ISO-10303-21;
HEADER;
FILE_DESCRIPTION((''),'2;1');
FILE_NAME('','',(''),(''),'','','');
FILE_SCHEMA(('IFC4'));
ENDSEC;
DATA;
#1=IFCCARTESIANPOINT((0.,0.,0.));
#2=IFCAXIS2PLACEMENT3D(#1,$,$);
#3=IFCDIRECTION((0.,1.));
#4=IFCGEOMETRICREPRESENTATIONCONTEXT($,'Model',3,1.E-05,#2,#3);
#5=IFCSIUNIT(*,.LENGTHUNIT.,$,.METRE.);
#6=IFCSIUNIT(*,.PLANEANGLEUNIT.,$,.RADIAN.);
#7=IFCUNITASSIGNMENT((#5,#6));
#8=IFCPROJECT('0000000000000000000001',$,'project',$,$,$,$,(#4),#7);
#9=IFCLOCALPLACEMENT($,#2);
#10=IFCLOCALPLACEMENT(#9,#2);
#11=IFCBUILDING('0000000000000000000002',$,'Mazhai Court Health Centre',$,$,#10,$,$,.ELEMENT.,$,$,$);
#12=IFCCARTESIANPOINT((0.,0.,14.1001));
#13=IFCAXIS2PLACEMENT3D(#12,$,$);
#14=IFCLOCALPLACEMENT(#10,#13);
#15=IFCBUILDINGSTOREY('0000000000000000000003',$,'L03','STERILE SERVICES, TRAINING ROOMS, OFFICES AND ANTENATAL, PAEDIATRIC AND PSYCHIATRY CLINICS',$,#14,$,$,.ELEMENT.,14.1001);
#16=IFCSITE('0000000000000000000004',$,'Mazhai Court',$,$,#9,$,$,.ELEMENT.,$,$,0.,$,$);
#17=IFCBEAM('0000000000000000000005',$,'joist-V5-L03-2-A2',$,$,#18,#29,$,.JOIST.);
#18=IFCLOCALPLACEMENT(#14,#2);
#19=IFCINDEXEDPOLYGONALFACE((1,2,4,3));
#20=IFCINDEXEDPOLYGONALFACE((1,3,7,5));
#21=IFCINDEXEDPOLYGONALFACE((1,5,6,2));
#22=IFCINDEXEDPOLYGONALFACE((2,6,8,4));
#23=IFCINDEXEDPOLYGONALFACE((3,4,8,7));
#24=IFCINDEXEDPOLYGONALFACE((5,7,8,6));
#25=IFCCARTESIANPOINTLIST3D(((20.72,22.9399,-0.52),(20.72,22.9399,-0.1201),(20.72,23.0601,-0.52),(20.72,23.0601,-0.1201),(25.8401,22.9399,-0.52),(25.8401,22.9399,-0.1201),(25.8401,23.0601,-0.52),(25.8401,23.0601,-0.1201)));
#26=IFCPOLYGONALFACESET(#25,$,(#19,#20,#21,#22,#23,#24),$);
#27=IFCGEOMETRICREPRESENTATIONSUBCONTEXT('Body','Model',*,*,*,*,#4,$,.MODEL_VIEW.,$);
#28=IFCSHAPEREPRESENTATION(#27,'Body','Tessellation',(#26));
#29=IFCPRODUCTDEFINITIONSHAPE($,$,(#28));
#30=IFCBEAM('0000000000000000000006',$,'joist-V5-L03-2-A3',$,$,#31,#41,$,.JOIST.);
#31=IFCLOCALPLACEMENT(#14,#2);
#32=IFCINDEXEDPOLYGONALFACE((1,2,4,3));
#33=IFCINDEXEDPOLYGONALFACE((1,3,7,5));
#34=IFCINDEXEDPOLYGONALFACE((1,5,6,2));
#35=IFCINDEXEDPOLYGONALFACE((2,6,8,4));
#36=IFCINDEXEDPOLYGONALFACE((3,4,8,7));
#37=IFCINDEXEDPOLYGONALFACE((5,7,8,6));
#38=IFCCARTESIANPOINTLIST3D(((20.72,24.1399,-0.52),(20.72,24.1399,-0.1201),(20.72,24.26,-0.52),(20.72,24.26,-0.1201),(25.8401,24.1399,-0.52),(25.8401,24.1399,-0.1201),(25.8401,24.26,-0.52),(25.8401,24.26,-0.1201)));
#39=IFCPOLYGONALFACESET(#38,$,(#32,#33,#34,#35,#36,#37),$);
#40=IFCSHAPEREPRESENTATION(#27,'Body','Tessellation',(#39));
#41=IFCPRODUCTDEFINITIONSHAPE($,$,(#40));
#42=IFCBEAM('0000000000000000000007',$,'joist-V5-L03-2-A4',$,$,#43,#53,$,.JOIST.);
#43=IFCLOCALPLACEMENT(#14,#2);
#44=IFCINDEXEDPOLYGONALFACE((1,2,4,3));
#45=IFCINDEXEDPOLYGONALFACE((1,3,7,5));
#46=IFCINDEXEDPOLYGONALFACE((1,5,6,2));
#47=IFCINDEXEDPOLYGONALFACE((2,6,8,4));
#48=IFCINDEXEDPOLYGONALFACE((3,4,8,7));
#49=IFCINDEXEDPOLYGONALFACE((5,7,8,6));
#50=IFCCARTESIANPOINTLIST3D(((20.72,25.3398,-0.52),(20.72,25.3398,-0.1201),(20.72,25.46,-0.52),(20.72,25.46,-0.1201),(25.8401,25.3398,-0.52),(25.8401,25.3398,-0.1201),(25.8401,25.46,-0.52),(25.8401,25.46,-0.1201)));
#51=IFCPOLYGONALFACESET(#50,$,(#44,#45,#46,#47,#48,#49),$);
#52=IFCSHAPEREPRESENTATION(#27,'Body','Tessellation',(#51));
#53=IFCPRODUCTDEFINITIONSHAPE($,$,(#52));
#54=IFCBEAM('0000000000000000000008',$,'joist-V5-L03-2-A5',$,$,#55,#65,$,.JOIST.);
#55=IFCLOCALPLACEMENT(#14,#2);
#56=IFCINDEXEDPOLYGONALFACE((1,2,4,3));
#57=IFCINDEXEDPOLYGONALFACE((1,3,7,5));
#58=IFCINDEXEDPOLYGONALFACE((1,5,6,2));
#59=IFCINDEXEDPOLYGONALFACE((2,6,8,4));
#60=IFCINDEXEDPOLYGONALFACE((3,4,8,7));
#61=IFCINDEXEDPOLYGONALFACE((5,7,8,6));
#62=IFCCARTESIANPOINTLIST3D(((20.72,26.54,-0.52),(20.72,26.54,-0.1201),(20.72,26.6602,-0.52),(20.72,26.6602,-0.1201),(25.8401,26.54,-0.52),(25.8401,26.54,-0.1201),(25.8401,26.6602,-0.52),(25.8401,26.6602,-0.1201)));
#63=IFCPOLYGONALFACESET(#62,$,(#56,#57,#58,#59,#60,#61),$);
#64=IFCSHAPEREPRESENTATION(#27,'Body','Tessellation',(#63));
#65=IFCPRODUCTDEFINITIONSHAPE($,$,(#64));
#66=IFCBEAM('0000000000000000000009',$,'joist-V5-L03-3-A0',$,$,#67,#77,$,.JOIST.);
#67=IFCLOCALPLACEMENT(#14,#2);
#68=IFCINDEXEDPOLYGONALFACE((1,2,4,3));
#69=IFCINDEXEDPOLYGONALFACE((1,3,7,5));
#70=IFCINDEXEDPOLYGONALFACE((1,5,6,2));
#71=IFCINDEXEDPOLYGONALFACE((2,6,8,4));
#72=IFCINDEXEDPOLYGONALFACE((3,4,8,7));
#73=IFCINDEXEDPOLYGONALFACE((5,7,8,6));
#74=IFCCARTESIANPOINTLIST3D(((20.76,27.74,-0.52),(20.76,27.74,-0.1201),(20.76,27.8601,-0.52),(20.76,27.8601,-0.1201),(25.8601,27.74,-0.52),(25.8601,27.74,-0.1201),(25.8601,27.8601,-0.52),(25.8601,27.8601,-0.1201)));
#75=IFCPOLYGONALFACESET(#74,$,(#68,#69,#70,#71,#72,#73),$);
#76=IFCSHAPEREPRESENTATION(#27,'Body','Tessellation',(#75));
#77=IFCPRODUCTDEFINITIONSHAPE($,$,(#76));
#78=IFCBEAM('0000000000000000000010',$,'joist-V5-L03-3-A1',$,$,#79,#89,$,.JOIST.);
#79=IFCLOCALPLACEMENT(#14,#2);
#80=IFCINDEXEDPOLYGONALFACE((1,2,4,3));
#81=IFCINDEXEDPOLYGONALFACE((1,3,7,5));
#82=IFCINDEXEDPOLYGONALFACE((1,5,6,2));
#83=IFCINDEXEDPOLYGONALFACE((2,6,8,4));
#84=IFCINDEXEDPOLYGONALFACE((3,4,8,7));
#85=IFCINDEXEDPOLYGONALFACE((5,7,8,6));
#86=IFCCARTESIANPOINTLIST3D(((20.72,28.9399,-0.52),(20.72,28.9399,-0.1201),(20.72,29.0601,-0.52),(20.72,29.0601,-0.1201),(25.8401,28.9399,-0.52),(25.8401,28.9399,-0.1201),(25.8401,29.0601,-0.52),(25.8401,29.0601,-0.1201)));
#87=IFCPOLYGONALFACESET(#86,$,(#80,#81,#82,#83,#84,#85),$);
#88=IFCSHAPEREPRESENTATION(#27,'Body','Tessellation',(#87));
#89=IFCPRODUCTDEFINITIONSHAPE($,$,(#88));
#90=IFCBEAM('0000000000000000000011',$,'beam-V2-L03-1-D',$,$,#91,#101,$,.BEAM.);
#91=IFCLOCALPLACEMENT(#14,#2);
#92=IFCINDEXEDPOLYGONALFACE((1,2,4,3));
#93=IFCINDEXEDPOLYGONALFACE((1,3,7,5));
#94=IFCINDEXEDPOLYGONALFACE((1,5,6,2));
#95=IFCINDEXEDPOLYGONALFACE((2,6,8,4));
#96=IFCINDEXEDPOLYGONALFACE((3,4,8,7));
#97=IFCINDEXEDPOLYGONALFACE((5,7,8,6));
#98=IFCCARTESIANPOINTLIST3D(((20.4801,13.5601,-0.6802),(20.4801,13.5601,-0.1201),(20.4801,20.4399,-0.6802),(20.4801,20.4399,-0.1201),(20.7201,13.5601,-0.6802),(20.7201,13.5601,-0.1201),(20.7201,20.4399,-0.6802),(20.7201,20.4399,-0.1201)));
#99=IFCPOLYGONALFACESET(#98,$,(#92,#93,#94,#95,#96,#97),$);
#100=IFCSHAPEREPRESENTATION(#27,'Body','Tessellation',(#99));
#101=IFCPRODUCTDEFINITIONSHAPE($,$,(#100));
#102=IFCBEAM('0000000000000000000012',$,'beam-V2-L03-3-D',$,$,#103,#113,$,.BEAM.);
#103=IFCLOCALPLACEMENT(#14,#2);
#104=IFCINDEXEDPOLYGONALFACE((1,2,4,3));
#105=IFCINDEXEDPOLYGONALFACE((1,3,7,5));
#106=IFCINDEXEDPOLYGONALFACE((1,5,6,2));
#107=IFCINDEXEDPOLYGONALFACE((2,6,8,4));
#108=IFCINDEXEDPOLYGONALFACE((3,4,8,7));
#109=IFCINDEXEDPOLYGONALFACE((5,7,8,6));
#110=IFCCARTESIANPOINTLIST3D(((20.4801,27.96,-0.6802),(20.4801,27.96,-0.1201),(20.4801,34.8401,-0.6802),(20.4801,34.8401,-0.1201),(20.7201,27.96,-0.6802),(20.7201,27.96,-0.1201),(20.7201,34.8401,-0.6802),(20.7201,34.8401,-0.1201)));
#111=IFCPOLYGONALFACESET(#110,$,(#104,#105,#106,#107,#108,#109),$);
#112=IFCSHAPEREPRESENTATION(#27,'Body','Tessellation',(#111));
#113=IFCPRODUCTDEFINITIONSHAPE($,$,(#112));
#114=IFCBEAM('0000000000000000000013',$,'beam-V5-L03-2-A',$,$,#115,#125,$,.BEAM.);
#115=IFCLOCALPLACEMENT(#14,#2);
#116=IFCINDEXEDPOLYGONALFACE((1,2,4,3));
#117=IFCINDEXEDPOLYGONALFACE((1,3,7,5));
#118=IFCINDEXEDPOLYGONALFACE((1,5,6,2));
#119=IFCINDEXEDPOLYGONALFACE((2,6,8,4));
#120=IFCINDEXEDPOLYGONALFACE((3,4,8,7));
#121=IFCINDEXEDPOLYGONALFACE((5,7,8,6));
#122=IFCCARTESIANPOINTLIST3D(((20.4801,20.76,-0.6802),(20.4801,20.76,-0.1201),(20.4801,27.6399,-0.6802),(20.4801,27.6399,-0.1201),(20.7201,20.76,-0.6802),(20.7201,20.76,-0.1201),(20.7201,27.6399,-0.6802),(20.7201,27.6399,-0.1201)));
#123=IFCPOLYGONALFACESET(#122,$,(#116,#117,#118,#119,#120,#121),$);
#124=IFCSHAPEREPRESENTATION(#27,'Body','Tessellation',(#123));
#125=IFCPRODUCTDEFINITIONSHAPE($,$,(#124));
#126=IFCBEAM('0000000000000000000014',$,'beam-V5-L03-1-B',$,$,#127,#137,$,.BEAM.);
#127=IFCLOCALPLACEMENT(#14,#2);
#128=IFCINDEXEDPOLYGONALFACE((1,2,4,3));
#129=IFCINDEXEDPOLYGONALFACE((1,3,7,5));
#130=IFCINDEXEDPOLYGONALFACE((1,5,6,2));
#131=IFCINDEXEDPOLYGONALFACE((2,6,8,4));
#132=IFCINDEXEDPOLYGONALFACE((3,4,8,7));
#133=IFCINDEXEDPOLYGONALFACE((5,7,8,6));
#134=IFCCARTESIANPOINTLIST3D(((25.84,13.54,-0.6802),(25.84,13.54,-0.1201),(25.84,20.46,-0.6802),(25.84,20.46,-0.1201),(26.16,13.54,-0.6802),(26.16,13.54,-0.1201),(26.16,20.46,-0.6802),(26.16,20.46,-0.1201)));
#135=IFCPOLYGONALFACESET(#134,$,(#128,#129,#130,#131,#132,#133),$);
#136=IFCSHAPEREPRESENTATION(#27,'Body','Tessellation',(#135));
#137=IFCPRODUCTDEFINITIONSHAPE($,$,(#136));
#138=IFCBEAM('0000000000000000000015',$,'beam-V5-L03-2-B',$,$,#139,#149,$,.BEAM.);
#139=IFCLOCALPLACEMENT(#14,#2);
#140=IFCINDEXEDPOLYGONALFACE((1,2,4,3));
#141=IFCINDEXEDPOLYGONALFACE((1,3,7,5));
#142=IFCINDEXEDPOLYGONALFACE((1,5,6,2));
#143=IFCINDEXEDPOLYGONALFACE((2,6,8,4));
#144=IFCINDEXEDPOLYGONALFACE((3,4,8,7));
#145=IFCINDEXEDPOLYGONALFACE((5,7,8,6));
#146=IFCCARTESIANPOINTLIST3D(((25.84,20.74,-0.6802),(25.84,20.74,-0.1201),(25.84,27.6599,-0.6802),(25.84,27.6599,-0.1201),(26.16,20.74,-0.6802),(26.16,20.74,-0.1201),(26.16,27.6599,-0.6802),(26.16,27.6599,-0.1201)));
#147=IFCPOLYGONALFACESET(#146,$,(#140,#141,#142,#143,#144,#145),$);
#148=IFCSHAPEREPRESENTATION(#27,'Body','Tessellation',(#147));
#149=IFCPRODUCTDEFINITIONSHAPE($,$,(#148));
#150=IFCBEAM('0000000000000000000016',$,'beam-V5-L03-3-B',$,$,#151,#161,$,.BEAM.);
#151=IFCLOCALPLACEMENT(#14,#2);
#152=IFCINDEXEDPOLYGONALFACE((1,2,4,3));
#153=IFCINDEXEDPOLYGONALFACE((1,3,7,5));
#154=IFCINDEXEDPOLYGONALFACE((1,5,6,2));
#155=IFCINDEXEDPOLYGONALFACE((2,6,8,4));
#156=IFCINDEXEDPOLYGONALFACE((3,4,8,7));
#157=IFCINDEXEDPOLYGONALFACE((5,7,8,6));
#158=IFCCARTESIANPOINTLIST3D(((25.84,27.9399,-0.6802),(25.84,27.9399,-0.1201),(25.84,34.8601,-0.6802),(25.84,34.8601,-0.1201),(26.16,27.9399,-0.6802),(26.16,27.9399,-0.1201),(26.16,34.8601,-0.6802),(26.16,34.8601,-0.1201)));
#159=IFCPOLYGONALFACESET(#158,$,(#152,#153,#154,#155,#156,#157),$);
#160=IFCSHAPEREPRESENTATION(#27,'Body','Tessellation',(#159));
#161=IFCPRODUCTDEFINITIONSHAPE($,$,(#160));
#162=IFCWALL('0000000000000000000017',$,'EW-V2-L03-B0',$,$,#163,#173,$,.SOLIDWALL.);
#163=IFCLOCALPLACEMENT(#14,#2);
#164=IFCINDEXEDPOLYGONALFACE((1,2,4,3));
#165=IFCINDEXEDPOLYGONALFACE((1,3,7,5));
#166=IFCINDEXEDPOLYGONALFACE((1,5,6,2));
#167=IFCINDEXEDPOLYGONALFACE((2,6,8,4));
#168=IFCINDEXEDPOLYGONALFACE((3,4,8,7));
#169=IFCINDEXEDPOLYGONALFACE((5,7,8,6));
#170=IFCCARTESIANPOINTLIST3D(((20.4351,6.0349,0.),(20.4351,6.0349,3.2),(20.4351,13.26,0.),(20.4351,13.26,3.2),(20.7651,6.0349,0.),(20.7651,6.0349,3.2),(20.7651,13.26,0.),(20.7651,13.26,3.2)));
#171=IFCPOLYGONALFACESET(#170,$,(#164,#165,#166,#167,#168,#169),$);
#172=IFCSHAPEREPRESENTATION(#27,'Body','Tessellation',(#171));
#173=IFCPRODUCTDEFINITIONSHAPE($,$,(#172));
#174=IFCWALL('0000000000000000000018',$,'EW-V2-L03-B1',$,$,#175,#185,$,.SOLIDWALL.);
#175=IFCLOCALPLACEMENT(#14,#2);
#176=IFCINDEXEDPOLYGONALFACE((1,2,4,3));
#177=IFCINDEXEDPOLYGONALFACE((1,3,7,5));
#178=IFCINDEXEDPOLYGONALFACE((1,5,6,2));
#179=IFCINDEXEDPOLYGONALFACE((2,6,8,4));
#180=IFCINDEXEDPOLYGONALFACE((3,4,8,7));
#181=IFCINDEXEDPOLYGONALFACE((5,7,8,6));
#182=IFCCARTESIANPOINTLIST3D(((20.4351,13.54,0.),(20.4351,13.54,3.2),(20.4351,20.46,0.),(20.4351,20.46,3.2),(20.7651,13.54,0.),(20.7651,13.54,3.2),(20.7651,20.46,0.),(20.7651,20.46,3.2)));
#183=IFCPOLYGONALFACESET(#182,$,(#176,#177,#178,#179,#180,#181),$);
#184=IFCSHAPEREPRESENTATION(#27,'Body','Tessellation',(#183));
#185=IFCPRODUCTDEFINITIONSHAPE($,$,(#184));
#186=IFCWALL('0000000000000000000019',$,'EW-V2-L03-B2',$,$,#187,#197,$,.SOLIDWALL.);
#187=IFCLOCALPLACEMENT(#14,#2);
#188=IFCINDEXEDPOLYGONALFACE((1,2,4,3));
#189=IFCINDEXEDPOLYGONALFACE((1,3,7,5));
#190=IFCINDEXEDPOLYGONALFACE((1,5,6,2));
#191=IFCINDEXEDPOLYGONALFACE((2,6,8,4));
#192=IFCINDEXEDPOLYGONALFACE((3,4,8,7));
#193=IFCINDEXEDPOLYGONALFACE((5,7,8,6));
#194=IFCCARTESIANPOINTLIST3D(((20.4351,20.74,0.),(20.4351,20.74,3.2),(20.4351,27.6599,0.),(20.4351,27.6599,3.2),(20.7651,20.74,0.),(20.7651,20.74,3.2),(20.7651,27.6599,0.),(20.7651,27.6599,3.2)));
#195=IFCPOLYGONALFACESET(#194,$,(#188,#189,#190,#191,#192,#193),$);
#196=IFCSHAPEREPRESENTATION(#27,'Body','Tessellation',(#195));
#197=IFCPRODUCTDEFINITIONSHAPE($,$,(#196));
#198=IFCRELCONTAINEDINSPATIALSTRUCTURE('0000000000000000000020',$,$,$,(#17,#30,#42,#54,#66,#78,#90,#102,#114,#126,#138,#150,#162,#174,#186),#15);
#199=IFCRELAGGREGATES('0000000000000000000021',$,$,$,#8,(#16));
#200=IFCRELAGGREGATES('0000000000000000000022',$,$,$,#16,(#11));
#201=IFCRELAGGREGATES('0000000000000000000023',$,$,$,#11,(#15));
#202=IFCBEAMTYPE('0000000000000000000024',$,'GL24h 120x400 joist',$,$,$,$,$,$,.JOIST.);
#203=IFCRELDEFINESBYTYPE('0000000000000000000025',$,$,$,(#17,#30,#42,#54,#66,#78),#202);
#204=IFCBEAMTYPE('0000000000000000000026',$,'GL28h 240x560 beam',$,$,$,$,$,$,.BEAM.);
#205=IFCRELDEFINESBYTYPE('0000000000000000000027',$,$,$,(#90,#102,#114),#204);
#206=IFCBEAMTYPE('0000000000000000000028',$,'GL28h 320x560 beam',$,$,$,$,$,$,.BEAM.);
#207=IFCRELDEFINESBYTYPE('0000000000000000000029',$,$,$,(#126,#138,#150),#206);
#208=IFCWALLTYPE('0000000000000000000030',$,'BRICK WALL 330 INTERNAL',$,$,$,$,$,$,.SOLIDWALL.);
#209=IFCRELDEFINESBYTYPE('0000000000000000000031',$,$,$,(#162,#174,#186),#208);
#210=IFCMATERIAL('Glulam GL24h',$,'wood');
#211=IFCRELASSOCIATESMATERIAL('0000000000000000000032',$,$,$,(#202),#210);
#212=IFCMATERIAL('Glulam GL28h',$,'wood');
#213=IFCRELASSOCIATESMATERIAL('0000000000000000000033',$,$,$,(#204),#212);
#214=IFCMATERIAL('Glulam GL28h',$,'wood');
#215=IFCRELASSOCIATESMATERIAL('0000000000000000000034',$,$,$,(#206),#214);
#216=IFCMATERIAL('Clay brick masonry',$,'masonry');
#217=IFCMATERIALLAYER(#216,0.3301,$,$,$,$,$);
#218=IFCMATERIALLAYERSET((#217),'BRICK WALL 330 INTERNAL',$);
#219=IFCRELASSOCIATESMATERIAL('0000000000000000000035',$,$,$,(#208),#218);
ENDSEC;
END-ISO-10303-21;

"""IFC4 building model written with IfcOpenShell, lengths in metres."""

from ifc_helpers import new_model, si_unit, direction, frame, frame_2d, origin, origin_2d, place, context, subcontext, project, spatial, rectangle, extrude, material, layer, layer_set, material_profile, profile_set, type_object, element, save


model = new_model("IFC4")

# Units and contexts
model_context = context("Model", 3, precision=1e-05, world=origin(), true_north=direction((0.0, 1.0)))
body_context = subcontext(model_context, "Body", "Model", "MODEL_VIEW")
ifc_project = project(units=[si_unit("LENGTHUNIT", "METRE"), si_unit("PLANEANGLEUNIT", "RADIAN")], contexts=[model_context])

# Site, building, storey
site_placement = place(None, origin())
site = spatial("IfcSite", under=ifc_project, at=site_placement, Name="Mazhai Court", CompositionType="ELEMENT", RefElevation=0.0)
building_placement = place(site_placement, origin())
building = spatial("IfcBuilding", under=site, at=building_placement, Name="Mazhai Court Health Centre", CompositionType="ELEMENT")
storey_placement = place(building_placement, frame((0.0, 0.0, 14.1001)))
storey = spatial("IfcBuildingStorey", under=building, at=storey_placement, Name="L03", Description="STERILE SERVICES, TRAINING ROOMS, OFFICES AND ANTENATAL, PAEDIATRIC AND PSYCHIATRY CLINICS", CompositionType="ELEMENT", Elevation=14.1001)

# Beams
ifc_material_1 = material(Name="Glulam GL24h", Category="wood")
ifc_material_profile_1 = material_profile(ifc_material_1, rectangle(XDim=0.1201, YDim=0.3999, at=origin_2d()), Name="GL24h 120x400")
ifc_profile_set_1 = profile_set([ifc_material_profile_1], Name="Glulam GL24h")
beam_type_1 = type_object("IfcBeamType", Name="GL24h 120x400 joist", PredefinedType="JOIST", material=ifc_profile_set_1)
for number, where, z_axis, x_axis, name in (
    (1, (20.72, 23.0, -0.3201), (1.0, 0.0, 0.0), (0.0, 1.0, 0.0), "joist-V5-L03-2-A2"),
    (2, (20.72, 24.2, -0.3201), (1.0, 0.0, 0.0), (0.0, 1.0, 0.0), "joist-V5-L03-2-A3"),
    (3, (20.72, 25.3999, -0.3201), (1.0, 0.0, 0.0), (0.0, 1.0, 0.0), "joist-V5-L03-2-A4"),
    (4, (20.72, 26.6001, -0.3201), (1.0, 0.0, 0.0), (0.0, 1.0, 0.0), "joist-V5-L03-2-A5"),
):
    element("IfcBeam", number, at=place(storey_placement, frame(where, z_axis=z_axis, x_axis=x_axis)), inside=storey, type_object=beam_type_1, Name=name, PredefinedType="JOIST", context=body_context, shape_type="SweptSolid", body=[
        extrude(rectangle(XDim=0.1201, YDim=0.3999, at=origin_2d()), origin(), (0.0, 0.0, 1.0), 5.1201),
    ])
beam_1_placement = place(storey_placement, frame((20.76, 27.8, -0.3201), z_axis=(1.0, 0.0, 0.0), x_axis=(0.0, 1.0, 0.0)))
element("IfcBeam", 5, at=beam_1_placement, inside=storey, type_object=beam_type_1, Name="joist-V5-L03-3-A0", PredefinedType="JOIST", context=body_context, shape_type="SweptSolid", body=[
    extrude(rectangle(XDim=0.1201, YDim=0.3999, at=origin_2d()), origin(), (0.0, 0.0, 1.0), 5.1001),
])
beam_2_placement = place(storey_placement, frame((20.72, 29.0, -0.3201), z_axis=(1.0, 0.0, 0.0), x_axis=(0.0, 1.0, 0.0)))
element("IfcBeam", 6, at=beam_2_placement, inside=storey, type_object=beam_type_1, Name="joist-V5-L03-3-A1", PredefinedType="JOIST", context=body_context, shape_type="SweptSolid", body=[
    extrude(rectangle(XDim=0.1201, YDim=0.3999, at=origin_2d()), origin(), (0.0, 0.0, 1.0), 5.1201),
])
ifc_material_2 = material(Name="Glulam GL28h", Category="wood")
ifc_material_profile_2 = material_profile(ifc_material_2, rectangle(XDim=0.24, YDim=0.5601, at=origin_2d()), Name="GL28h 240x560")
ifc_profile_set_2 = profile_set([ifc_material_profile_2], Name="Glulam GL28h")
beam_type_2 = type_object("IfcBeamType", Name="GL28h 240x560 beam", PredefinedType="BEAM", material=ifc_profile_set_2)
beam_3_placement = place(storey_placement, frame((20.6001, 13.5601, -0.4001), z_axis=(0.0, 1.0, 0.0), x_axis=(-1.0, 0.0, 0.0)))
element("IfcBeam", 7, at=beam_3_placement, inside=storey, type_object=beam_type_2, Name="beam-V2-L03-1-D", PredefinedType="BEAM", context=body_context, shape_type="SweptSolid", body=[
    extrude(rectangle(XDim=0.24, YDim=0.5601, at=origin_2d()), origin(), (0.0, 0.0, 1.0), 6.8799),
])
beam_4_placement = place(storey_placement, frame((20.6001, 27.96, -0.4001), z_axis=(0.0, 1.0, 0.0), x_axis=(-1.0, 0.0, 0.0)))
element("IfcBeam", 8, at=beam_4_placement, inside=storey, type_object=beam_type_2, Name="beam-V2-L03-3-D", PredefinedType="BEAM", context=body_context, shape_type="SweptSolid", body=[
    extrude(rectangle(XDim=0.24, YDim=0.5601, at=origin_2d()), origin(), (0.0, 0.0, 1.0), 6.8801),
])
beam_5_placement = place(storey_placement, frame((20.6001, 20.76, -0.4001), z_axis=(0.0, 1.0, 0.0), x_axis=(-1.0, 0.0, 0.0)))
element("IfcBeam", 9, at=beam_5_placement, inside=storey, type_object=beam_type_2, Name="beam-V5-L03-2-A", PredefinedType="BEAM", context=body_context, shape_type="SweptSolid", body=[
    extrude(rectangle(XDim=0.24, YDim=0.5601, at=origin_2d()), origin(), (0.0, 0.0, 1.0), 6.8799),
])
ifc_material_3 = material(Name="Glulam GL28h", Category="wood")
ifc_material_profile_3 = material_profile(ifc_material_3, rectangle(XDim=0.3201, YDim=0.5601, at=origin_2d()), Name="GL28h 320x560")
ifc_profile_set_3 = profile_set([ifc_material_profile_3], Name="Glulam GL28h")
beam_type_3 = type_object("IfcBeamType", Name="GL28h 320x560 beam", PredefinedType="BEAM", material=ifc_profile_set_3)
for number, where, z_axis, x_axis, name in (
    (10, (26.0, 13.54, -0.4001), (0.0, 1.0, 0.0), (-1.0, 0.0, 0.0), "beam-V5-L03-1-B"),
    (11, (26.0, 20.74, -0.4001), (0.0, 1.0, 0.0), (-1.0, 0.0, 0.0), "beam-V5-L03-2-B"),
):
    element("IfcBeam", number, at=place(storey_placement, frame(where, z_axis=z_axis, x_axis=x_axis)), inside=storey, type_object=beam_type_3, Name=name, PredefinedType="BEAM", context=body_context, shape_type="SweptSolid", body=[
        extrude(rectangle(XDim=0.3201, YDim=0.5601, at=origin_2d()), origin(), (0.0, 0.0, 1.0), 6.9199),
    ])
beam_6_placement = place(storey_placement, frame((26.0, 27.9399, -0.4001), z_axis=(0.0, 1.0, 0.0), x_axis=(-1.0, 0.0, 0.0)))
element("IfcBeam", 12, at=beam_6_placement, inside=storey, type_object=beam_type_3, Name="beam-V5-L03-3-B", PredefinedType="BEAM", context=body_context, shape_type="SweptSolid", body=[
    extrude(rectangle(XDim=0.3201, YDim=0.5601, at=origin_2d()), origin(), (0.0, 0.0, 1.0), 6.9202),
])

# Walls
ifc_material_4 = material(Name="Clay brick masonry", Category="masonry")
ifc_layer_1 = layer(ifc_material_4, 0.3301)
ifc_layer_set_1 = layer_set([ifc_layer_1], Name="BRICK WALL 330 INTERNAL")
wall_type_1 = type_object("IfcWallType", Name="BRICK WALL 330 INTERNAL", PredefinedType="SOLIDWALL", material=ifc_layer_set_1)
wall_1_placement = place(storey_placement, frame((20.6001, 13.26, 0.0), z_axis=(0.0, 0.0, 1.0), x_axis=(0.0, -1.0, 0.0)))
element("IfcWall", 13, at=wall_1_placement, inside=storey, type_object=wall_type_1, Name="EW-V2-L03-B0", PredefinedType="SOLIDWALL", context=body_context, shape_type="SweptSolid", body=[
    extrude(rectangle(XDim=7.2251, YDim=0.3301, at=frame_2d((3.6125, 0.0))), origin(), (0.0, 0.0, 1.0), 3.2),
])
for number, where, z_axis, x_axis, name in (
    (14, (20.6001, 20.46, 0.0), (0.0, 0.0, 1.0), (0.0, -1.0, 0.0), "EW-V2-L03-B1"),
    (15, (20.6001, 27.6599, 0.0), (0.0, 0.0, 1.0), (0.0, -1.0, 0.0), "EW-V2-L03-B2"),
):
    element("IfcWall", number, at=place(storey_placement, frame(where, z_axis=z_axis, x_axis=x_axis)), inside=storey, type_object=wall_type_1, Name=name, PredefinedType="SOLIDWALL", context=body_context, shape_type="SweptSolid", body=[
        extrude(rectangle(XDim=6.9199, YDim=0.3301, at=frame_2d((3.46, 0.0))), origin(), (0.0, 0.0, 1.0), 3.2),
    ])

save(model, "model.ifc")
